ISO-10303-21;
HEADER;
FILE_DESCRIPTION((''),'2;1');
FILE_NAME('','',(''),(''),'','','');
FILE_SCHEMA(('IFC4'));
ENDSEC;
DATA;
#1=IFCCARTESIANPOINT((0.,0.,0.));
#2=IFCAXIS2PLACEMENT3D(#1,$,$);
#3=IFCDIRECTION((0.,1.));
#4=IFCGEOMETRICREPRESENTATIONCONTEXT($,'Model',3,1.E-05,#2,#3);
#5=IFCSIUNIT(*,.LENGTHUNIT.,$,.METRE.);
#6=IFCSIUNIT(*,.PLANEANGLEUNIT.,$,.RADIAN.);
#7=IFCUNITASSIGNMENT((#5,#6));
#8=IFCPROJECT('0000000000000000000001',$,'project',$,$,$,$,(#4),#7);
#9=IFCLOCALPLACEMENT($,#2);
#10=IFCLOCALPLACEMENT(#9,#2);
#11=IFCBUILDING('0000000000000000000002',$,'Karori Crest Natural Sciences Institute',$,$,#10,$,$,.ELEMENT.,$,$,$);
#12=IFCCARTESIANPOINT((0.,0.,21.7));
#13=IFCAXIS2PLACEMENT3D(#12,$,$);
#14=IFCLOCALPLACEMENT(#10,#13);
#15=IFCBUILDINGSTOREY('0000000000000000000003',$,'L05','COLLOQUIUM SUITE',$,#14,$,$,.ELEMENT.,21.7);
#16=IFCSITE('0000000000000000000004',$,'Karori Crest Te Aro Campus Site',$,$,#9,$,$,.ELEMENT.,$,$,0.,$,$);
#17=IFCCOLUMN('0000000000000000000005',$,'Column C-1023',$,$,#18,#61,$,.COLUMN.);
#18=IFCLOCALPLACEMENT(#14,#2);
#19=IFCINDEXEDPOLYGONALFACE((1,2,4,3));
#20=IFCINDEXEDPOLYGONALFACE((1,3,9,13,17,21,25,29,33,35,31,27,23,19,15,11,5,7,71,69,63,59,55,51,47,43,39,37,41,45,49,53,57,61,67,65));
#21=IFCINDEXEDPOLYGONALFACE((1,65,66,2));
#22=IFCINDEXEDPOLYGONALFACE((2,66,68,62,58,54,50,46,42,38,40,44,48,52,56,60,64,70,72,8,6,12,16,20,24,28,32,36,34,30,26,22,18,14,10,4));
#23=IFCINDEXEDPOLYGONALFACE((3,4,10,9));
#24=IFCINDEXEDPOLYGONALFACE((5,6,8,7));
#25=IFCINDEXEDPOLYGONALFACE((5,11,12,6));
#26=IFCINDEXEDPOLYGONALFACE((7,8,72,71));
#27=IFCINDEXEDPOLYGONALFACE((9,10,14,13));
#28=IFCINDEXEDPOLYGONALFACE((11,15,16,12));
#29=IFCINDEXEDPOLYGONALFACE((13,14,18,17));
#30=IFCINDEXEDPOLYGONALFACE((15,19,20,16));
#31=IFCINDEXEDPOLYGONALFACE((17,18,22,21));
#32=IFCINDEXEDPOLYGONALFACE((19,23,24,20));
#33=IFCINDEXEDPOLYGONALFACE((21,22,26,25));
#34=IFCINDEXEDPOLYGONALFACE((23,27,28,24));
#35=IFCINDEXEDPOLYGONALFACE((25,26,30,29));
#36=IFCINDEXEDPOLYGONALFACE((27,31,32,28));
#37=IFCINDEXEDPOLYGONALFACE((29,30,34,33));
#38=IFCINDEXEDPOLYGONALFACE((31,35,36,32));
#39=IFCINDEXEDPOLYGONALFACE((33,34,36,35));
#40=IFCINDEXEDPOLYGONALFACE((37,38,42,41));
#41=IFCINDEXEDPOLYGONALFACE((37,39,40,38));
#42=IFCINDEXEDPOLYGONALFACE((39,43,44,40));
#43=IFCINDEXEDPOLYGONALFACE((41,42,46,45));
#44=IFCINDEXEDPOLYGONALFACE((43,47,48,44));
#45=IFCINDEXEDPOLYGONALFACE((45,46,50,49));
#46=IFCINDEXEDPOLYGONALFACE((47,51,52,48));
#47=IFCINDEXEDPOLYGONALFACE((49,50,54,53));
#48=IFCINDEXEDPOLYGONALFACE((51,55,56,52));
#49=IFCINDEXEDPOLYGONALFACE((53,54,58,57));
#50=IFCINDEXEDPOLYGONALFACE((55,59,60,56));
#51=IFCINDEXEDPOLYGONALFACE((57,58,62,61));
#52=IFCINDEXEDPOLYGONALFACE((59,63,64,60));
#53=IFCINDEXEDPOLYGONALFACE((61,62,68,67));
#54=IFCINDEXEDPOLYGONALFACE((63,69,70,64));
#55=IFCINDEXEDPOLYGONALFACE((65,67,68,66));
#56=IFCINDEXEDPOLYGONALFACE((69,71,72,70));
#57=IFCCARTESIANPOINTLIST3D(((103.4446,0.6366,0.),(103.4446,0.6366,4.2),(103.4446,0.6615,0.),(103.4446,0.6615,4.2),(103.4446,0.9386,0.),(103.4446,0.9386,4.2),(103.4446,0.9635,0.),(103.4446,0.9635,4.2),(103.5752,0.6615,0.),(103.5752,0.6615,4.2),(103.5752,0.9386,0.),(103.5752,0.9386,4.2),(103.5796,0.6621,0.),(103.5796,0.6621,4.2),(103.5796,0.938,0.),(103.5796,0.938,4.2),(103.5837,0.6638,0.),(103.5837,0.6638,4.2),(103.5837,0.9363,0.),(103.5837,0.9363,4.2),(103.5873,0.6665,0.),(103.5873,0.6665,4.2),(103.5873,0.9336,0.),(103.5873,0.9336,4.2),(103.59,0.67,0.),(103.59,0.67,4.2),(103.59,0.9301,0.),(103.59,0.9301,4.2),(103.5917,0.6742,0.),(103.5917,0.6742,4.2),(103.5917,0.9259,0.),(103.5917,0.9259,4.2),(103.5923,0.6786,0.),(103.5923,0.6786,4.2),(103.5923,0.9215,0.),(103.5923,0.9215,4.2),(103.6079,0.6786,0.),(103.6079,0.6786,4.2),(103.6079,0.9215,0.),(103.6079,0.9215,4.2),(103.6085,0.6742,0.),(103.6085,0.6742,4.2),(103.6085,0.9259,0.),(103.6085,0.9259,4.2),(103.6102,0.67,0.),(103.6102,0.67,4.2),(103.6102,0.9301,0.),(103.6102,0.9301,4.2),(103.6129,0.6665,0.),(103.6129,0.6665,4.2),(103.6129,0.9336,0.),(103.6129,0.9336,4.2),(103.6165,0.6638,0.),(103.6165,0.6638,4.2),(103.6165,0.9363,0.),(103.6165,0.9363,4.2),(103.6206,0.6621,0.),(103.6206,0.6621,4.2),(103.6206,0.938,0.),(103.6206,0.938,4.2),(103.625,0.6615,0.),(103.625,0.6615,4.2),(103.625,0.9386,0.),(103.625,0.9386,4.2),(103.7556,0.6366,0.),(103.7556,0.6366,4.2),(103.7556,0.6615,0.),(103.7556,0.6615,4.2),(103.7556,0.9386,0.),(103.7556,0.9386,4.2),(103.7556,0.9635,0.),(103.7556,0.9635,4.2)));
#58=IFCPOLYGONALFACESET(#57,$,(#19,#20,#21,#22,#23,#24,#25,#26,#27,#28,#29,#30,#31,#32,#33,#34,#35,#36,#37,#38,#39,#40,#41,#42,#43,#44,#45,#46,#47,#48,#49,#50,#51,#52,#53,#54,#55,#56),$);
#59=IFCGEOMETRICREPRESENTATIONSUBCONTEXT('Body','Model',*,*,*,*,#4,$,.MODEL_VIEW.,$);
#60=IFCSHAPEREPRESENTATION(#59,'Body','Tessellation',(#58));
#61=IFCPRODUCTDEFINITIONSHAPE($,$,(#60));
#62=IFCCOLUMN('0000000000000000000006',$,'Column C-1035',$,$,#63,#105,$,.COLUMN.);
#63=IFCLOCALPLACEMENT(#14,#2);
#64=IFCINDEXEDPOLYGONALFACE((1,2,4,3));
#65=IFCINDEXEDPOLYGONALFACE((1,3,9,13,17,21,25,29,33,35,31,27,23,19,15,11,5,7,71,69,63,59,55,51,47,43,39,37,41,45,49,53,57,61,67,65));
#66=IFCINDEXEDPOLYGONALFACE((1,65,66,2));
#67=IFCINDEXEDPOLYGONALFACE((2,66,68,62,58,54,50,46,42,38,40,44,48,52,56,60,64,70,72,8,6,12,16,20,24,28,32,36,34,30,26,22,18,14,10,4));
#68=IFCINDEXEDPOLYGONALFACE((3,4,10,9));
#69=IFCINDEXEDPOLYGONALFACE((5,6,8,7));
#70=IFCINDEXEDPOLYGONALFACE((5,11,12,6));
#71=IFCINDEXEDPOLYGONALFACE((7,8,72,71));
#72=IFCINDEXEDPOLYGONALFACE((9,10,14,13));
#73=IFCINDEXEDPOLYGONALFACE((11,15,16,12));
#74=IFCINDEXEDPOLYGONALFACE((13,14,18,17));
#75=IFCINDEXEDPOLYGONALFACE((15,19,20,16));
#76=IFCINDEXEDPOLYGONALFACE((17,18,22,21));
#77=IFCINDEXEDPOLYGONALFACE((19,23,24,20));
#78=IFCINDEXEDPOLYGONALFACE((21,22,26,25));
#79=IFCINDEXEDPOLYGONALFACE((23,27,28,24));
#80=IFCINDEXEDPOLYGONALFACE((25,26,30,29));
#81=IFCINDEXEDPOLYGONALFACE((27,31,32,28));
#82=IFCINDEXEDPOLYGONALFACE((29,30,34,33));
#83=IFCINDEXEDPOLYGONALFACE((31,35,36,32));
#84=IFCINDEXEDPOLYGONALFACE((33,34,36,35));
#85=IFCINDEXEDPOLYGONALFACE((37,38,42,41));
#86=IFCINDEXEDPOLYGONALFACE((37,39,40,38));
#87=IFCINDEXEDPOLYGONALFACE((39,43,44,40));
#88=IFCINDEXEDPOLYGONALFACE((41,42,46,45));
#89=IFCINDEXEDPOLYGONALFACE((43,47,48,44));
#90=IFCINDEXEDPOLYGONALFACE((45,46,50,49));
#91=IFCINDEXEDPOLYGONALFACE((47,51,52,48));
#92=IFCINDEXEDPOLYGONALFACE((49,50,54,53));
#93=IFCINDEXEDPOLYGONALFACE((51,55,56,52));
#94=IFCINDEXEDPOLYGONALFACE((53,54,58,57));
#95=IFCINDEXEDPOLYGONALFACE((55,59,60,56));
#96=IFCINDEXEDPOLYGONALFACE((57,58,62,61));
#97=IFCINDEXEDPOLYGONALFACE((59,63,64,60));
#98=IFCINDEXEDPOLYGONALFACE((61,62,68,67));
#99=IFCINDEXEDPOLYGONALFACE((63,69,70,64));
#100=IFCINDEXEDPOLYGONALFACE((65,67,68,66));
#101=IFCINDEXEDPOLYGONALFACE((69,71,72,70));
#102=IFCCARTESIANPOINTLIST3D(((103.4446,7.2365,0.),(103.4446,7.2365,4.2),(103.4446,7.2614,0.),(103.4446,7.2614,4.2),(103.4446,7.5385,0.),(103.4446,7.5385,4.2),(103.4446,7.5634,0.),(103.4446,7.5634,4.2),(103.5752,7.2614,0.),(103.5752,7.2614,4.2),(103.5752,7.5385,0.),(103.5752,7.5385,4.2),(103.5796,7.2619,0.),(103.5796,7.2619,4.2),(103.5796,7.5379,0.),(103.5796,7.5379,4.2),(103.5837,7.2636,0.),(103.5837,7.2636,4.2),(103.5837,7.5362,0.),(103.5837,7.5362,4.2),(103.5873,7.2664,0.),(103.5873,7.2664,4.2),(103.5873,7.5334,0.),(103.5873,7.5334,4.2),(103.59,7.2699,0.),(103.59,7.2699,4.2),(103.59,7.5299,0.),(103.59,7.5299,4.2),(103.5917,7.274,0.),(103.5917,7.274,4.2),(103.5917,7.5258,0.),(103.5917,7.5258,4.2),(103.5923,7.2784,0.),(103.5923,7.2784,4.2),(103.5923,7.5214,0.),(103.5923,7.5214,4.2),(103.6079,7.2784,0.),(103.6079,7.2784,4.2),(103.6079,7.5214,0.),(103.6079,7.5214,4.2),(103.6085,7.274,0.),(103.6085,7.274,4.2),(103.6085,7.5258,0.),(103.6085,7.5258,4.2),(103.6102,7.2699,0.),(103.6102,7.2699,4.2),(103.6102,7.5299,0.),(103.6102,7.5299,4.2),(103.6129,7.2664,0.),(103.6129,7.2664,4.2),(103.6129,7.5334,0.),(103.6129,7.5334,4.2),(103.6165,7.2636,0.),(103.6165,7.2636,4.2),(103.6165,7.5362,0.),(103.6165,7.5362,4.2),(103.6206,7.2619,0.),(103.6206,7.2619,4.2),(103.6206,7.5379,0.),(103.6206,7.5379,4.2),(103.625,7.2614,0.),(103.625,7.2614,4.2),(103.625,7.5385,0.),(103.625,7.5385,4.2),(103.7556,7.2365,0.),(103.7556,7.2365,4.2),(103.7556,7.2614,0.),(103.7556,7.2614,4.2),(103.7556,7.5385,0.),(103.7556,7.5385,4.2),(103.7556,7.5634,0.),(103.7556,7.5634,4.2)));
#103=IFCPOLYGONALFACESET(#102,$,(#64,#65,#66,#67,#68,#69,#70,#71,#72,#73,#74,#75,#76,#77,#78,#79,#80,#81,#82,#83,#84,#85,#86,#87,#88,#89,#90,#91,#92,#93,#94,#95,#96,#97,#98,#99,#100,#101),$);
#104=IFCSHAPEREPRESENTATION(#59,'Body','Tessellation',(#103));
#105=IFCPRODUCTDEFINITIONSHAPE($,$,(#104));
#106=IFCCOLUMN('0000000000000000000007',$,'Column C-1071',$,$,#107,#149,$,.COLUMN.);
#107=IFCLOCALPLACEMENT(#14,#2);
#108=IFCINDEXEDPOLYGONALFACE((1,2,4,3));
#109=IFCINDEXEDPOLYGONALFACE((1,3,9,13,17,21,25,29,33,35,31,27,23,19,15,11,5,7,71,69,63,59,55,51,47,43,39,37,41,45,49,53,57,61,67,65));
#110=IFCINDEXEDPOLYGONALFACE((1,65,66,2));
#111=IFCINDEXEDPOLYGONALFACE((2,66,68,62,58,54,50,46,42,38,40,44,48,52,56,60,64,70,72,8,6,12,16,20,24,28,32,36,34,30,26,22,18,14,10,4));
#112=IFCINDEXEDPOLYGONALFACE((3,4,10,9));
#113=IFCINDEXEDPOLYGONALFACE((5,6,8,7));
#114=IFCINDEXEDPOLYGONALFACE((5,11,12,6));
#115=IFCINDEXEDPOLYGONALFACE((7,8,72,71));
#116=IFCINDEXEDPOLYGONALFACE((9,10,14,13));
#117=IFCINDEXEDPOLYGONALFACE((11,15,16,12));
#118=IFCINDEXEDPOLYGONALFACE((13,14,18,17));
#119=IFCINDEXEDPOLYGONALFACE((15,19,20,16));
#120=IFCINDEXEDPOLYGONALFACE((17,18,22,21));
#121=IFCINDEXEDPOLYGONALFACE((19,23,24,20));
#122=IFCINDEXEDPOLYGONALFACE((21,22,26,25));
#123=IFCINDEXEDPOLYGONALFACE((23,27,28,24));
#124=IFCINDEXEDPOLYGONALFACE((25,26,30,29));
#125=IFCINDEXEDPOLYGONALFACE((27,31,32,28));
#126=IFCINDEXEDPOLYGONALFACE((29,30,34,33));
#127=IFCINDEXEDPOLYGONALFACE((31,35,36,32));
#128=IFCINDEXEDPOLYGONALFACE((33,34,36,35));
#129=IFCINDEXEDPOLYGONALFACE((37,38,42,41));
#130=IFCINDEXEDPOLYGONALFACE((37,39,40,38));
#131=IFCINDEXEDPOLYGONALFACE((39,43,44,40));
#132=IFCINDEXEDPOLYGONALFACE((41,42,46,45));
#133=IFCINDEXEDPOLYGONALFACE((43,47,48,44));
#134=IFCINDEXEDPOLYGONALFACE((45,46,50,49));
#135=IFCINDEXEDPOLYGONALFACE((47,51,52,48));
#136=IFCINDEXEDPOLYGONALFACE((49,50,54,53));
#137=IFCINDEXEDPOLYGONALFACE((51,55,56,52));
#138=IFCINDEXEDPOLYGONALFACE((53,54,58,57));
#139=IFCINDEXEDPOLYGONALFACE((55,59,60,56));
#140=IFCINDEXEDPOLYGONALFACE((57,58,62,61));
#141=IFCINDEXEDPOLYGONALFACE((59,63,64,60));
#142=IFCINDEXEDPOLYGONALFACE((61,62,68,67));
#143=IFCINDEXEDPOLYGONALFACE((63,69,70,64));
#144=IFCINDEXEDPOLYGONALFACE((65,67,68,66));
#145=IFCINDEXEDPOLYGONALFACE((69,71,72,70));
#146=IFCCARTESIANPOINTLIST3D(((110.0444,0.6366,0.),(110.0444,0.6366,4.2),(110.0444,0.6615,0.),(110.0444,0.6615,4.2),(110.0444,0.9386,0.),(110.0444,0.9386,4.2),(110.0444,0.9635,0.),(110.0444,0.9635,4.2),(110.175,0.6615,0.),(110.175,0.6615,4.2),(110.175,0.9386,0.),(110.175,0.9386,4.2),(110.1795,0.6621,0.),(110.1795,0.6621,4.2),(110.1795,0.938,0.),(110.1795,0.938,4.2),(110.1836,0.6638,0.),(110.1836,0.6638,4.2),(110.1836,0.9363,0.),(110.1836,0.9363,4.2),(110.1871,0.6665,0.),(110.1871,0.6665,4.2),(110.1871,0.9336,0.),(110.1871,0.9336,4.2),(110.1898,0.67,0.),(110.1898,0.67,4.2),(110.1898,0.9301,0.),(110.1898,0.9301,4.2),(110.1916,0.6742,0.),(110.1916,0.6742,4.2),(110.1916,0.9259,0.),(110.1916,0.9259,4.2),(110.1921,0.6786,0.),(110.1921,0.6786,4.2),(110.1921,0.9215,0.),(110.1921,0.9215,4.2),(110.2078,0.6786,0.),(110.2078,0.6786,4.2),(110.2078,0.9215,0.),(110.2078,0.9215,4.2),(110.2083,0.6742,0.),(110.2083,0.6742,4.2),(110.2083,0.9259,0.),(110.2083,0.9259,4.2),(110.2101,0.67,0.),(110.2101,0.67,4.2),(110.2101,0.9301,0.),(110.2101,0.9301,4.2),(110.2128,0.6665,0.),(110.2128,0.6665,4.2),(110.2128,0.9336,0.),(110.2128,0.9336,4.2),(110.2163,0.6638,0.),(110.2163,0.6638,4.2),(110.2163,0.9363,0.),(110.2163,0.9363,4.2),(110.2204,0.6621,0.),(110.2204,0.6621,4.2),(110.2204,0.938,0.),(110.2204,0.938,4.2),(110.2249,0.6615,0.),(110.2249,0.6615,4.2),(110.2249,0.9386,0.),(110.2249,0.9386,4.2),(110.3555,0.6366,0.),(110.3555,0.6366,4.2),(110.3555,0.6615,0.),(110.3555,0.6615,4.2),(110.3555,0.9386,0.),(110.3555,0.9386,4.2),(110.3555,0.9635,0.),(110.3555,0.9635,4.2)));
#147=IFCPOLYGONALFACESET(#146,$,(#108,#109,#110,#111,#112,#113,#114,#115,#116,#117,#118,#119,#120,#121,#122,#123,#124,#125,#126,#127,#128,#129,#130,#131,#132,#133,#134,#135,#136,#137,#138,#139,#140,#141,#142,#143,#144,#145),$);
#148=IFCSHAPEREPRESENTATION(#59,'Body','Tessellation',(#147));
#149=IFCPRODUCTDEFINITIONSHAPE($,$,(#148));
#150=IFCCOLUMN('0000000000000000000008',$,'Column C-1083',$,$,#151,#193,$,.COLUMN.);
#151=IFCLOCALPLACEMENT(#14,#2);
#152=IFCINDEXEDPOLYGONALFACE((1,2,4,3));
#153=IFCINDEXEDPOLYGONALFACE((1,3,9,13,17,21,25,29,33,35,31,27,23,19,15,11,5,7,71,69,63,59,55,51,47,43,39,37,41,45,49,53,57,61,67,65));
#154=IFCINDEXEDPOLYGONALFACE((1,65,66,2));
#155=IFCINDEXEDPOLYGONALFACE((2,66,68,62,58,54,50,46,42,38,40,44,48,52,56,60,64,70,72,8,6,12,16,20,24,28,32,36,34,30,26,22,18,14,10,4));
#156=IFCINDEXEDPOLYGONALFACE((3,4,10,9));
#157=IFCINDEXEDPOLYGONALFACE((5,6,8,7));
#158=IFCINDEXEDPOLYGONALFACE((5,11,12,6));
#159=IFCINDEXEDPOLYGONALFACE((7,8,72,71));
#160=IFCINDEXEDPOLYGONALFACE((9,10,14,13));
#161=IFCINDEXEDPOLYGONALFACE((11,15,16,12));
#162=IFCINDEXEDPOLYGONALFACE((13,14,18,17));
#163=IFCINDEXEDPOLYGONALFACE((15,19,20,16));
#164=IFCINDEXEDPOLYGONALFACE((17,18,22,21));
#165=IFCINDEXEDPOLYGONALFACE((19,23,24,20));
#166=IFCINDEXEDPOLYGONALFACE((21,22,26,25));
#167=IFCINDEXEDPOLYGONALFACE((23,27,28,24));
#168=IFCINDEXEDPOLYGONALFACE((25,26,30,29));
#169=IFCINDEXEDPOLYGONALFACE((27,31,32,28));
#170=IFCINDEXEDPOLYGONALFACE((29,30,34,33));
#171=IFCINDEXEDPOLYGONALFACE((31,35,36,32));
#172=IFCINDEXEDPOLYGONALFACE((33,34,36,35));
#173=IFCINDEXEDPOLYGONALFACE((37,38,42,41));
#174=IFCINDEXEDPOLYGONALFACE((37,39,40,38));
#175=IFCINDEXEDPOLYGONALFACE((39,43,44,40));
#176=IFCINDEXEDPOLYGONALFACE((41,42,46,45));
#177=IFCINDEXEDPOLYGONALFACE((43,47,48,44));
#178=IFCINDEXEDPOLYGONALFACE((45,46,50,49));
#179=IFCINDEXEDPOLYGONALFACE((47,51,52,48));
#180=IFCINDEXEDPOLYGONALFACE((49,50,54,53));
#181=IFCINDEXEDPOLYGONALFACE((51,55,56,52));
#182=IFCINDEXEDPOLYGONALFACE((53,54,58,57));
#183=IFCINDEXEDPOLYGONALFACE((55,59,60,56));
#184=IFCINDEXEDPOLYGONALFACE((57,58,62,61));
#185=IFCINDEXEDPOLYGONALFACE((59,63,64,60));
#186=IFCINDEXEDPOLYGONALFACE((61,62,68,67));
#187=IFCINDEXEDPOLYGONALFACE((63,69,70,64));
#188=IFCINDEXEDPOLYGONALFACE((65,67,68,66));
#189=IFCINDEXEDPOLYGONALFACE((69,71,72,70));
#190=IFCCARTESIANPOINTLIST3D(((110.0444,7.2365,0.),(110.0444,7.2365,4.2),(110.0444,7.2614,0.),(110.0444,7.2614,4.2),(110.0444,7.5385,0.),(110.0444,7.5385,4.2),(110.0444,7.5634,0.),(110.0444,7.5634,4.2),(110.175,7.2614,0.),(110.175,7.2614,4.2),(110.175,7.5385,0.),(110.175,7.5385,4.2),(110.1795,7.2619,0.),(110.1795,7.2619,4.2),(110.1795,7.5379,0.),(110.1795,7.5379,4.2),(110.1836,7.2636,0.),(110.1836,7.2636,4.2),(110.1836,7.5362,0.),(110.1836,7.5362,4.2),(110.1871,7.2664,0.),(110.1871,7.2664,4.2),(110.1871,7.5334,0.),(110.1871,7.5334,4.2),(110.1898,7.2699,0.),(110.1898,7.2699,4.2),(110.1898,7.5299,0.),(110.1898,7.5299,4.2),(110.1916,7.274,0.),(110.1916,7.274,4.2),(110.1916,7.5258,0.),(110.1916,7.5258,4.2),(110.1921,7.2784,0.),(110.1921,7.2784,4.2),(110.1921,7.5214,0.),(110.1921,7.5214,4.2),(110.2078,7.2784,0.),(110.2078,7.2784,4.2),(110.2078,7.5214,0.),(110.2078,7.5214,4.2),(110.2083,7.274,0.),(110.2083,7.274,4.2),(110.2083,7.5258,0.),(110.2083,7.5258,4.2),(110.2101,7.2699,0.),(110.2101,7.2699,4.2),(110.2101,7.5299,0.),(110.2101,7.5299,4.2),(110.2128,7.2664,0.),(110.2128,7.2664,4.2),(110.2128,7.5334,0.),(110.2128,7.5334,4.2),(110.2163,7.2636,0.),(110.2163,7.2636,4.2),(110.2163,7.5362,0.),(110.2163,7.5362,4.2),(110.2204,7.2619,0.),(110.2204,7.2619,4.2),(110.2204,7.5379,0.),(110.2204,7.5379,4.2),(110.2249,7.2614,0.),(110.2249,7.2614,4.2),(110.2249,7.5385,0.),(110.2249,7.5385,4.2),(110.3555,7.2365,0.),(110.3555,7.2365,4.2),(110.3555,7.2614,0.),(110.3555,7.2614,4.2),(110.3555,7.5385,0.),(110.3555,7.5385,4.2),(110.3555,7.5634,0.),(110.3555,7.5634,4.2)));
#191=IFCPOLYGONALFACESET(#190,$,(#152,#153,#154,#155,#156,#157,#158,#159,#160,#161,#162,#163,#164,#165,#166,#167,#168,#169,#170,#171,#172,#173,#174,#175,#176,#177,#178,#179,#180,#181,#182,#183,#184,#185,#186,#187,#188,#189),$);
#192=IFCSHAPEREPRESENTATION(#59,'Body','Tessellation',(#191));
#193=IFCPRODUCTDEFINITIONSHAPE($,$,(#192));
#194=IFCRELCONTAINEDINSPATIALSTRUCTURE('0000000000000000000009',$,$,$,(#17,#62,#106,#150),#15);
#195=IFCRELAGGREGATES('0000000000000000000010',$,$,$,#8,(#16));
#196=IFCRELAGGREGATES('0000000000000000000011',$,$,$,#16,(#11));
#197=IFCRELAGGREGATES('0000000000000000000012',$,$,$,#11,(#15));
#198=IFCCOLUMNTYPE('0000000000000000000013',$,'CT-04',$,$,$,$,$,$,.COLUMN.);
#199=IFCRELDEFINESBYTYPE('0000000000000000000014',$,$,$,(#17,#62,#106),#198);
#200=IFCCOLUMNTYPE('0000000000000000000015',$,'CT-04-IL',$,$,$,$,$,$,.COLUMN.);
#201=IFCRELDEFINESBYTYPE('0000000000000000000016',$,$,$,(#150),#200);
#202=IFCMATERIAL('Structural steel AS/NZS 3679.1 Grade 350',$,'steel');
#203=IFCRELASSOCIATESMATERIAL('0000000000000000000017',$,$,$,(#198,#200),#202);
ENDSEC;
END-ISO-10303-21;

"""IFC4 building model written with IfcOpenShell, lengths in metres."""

from ifc_helpers import new_model, si_unit, direction, frame, origin, origin_2d, place, context, subcontext, project, spatial, i_section, extrude, material, material_profile, profile_set, type_object, element, save


model = new_model("IFC4")

# Units and contexts
model_context = context("Model", 3, precision=1e-05, world=origin(), true_north=direction((0.0, 1.0)))
body_context = subcontext(model_context, "Body", "Model", "MODEL_VIEW")
ifc_project = project(units=[si_unit("LENGTHUNIT", "METRE"), si_unit("PLANEANGLEUNIT", "RADIAN")], contexts=[model_context])

# Site, building, storey
site_placement = place(None, origin())
site = spatial("IfcSite", under=ifc_project, at=site_placement, Name="Karori Crest Te Aro Campus Site", CompositionType="ELEMENT", RefElevation=0.0)
building_placement = place(site_placement, origin())
building = spatial("IfcBuilding", under=site, at=building_placement, Name="Karori Crest Natural Sciences Institute", CompositionType="ELEMENT")
storey_placement = place(building_placement, frame((0.0, 0.0, 21.7)))
storey = spatial("IfcBuildingStorey", under=building, at=storey_placement, Name="L05", Description="COLLOQUIUM SUITE", CompositionType="ELEMENT", Elevation=21.7)

# Columns
ifc_material_1 = material(Name="Structural steel AS/NZS 3679.1 Grade 350", Category="steel")
ifc_material_profile_1 = material_profile(ifc_material_1, i_section(OverallWidth=0.311, OverallDepth=0.3269, WebThickness=0.0156, FlangeThickness=0.0249, FilletRadius=0.0171, at=origin_2d()), Name="310UC158")
ifc_profile_set_1 = profile_set([ifc_material_profile_1], Name="Structural steel AS/NZS 3679.1 Grade 350")
column_type_1 = type_object("IfcColumnType", Name="CT-04", PredefinedType="COLUMN", material=ifc_profile_set_1)
for number, where, z_axis, x_axis, name in (
    (1, (103.6001, 0.8, 0.0), (0.0, 0.0, 1.0), (1.0, 0.0, 0.0), "Column C-1023"),
    (2, (103.6001, 7.3999, 0.0), (0.0, 0.0, 1.0), (1.0, 0.0, 0.0), "Column C-1035"),
    (3, (110.2, 0.8, 0.0), (0.0, 0.0, 1.0), (1.0, 0.0, 0.0), "Column C-1071"),
):
    element("IfcColumn", number, at=place(storey_placement, frame(where, z_axis=z_axis, x_axis=x_axis)), inside=storey, type_object=column_type_1, Name=name, PredefinedType="COLUMN", context=body_context, shape_type="SweptSolid", body=[
        extrude(i_section(OverallWidth=0.311, OverallDepth=0.3269, WebThickness=0.0156, FlangeThickness=0.0249, FilletRadius=0.0171, at=origin_2d()), origin(), (0.0, 0.0, 1.0), 4.2),
    ])
ifc_material_profile_2 = material_profile(ifc_material_1, i_section(OverallWidth=0.311, OverallDepth=0.3269, WebThickness=0.0156, FlangeThickness=0.0249, FilletRadius=0.0171, at=origin_2d()), Name="310UC158")
ifc_profile_set_2 = profile_set([ifc_material_profile_2], Name="Structural steel AS/NZS 3679.1 Grade 350")
column_type_2 = type_object("IfcColumnType", Name="CT-04-IL", PredefinedType="COLUMN", material=ifc_profile_set_2)
column_placement = place(storey_placement, frame((110.2, 7.3999, 0.0), z_axis=(0.0, 0.0, 1.0), x_axis=(1.0, 0.0, 0.0)))
element("IfcColumn", 4, at=column_placement, inside=storey, type_object=column_type_2, Name="Column C-1083", PredefinedType="COLUMN", context=body_context, shape_type="SweptSolid", body=[
    extrude(i_section(OverallWidth=0.311, OverallDepth=0.3269, WebThickness=0.0156, FlangeThickness=0.0249, FilletRadius=0.0171, at=origin_2d()), origin(), (0.0, 0.0, 1.0), 4.2),
])

save(model, "model.ifc")
